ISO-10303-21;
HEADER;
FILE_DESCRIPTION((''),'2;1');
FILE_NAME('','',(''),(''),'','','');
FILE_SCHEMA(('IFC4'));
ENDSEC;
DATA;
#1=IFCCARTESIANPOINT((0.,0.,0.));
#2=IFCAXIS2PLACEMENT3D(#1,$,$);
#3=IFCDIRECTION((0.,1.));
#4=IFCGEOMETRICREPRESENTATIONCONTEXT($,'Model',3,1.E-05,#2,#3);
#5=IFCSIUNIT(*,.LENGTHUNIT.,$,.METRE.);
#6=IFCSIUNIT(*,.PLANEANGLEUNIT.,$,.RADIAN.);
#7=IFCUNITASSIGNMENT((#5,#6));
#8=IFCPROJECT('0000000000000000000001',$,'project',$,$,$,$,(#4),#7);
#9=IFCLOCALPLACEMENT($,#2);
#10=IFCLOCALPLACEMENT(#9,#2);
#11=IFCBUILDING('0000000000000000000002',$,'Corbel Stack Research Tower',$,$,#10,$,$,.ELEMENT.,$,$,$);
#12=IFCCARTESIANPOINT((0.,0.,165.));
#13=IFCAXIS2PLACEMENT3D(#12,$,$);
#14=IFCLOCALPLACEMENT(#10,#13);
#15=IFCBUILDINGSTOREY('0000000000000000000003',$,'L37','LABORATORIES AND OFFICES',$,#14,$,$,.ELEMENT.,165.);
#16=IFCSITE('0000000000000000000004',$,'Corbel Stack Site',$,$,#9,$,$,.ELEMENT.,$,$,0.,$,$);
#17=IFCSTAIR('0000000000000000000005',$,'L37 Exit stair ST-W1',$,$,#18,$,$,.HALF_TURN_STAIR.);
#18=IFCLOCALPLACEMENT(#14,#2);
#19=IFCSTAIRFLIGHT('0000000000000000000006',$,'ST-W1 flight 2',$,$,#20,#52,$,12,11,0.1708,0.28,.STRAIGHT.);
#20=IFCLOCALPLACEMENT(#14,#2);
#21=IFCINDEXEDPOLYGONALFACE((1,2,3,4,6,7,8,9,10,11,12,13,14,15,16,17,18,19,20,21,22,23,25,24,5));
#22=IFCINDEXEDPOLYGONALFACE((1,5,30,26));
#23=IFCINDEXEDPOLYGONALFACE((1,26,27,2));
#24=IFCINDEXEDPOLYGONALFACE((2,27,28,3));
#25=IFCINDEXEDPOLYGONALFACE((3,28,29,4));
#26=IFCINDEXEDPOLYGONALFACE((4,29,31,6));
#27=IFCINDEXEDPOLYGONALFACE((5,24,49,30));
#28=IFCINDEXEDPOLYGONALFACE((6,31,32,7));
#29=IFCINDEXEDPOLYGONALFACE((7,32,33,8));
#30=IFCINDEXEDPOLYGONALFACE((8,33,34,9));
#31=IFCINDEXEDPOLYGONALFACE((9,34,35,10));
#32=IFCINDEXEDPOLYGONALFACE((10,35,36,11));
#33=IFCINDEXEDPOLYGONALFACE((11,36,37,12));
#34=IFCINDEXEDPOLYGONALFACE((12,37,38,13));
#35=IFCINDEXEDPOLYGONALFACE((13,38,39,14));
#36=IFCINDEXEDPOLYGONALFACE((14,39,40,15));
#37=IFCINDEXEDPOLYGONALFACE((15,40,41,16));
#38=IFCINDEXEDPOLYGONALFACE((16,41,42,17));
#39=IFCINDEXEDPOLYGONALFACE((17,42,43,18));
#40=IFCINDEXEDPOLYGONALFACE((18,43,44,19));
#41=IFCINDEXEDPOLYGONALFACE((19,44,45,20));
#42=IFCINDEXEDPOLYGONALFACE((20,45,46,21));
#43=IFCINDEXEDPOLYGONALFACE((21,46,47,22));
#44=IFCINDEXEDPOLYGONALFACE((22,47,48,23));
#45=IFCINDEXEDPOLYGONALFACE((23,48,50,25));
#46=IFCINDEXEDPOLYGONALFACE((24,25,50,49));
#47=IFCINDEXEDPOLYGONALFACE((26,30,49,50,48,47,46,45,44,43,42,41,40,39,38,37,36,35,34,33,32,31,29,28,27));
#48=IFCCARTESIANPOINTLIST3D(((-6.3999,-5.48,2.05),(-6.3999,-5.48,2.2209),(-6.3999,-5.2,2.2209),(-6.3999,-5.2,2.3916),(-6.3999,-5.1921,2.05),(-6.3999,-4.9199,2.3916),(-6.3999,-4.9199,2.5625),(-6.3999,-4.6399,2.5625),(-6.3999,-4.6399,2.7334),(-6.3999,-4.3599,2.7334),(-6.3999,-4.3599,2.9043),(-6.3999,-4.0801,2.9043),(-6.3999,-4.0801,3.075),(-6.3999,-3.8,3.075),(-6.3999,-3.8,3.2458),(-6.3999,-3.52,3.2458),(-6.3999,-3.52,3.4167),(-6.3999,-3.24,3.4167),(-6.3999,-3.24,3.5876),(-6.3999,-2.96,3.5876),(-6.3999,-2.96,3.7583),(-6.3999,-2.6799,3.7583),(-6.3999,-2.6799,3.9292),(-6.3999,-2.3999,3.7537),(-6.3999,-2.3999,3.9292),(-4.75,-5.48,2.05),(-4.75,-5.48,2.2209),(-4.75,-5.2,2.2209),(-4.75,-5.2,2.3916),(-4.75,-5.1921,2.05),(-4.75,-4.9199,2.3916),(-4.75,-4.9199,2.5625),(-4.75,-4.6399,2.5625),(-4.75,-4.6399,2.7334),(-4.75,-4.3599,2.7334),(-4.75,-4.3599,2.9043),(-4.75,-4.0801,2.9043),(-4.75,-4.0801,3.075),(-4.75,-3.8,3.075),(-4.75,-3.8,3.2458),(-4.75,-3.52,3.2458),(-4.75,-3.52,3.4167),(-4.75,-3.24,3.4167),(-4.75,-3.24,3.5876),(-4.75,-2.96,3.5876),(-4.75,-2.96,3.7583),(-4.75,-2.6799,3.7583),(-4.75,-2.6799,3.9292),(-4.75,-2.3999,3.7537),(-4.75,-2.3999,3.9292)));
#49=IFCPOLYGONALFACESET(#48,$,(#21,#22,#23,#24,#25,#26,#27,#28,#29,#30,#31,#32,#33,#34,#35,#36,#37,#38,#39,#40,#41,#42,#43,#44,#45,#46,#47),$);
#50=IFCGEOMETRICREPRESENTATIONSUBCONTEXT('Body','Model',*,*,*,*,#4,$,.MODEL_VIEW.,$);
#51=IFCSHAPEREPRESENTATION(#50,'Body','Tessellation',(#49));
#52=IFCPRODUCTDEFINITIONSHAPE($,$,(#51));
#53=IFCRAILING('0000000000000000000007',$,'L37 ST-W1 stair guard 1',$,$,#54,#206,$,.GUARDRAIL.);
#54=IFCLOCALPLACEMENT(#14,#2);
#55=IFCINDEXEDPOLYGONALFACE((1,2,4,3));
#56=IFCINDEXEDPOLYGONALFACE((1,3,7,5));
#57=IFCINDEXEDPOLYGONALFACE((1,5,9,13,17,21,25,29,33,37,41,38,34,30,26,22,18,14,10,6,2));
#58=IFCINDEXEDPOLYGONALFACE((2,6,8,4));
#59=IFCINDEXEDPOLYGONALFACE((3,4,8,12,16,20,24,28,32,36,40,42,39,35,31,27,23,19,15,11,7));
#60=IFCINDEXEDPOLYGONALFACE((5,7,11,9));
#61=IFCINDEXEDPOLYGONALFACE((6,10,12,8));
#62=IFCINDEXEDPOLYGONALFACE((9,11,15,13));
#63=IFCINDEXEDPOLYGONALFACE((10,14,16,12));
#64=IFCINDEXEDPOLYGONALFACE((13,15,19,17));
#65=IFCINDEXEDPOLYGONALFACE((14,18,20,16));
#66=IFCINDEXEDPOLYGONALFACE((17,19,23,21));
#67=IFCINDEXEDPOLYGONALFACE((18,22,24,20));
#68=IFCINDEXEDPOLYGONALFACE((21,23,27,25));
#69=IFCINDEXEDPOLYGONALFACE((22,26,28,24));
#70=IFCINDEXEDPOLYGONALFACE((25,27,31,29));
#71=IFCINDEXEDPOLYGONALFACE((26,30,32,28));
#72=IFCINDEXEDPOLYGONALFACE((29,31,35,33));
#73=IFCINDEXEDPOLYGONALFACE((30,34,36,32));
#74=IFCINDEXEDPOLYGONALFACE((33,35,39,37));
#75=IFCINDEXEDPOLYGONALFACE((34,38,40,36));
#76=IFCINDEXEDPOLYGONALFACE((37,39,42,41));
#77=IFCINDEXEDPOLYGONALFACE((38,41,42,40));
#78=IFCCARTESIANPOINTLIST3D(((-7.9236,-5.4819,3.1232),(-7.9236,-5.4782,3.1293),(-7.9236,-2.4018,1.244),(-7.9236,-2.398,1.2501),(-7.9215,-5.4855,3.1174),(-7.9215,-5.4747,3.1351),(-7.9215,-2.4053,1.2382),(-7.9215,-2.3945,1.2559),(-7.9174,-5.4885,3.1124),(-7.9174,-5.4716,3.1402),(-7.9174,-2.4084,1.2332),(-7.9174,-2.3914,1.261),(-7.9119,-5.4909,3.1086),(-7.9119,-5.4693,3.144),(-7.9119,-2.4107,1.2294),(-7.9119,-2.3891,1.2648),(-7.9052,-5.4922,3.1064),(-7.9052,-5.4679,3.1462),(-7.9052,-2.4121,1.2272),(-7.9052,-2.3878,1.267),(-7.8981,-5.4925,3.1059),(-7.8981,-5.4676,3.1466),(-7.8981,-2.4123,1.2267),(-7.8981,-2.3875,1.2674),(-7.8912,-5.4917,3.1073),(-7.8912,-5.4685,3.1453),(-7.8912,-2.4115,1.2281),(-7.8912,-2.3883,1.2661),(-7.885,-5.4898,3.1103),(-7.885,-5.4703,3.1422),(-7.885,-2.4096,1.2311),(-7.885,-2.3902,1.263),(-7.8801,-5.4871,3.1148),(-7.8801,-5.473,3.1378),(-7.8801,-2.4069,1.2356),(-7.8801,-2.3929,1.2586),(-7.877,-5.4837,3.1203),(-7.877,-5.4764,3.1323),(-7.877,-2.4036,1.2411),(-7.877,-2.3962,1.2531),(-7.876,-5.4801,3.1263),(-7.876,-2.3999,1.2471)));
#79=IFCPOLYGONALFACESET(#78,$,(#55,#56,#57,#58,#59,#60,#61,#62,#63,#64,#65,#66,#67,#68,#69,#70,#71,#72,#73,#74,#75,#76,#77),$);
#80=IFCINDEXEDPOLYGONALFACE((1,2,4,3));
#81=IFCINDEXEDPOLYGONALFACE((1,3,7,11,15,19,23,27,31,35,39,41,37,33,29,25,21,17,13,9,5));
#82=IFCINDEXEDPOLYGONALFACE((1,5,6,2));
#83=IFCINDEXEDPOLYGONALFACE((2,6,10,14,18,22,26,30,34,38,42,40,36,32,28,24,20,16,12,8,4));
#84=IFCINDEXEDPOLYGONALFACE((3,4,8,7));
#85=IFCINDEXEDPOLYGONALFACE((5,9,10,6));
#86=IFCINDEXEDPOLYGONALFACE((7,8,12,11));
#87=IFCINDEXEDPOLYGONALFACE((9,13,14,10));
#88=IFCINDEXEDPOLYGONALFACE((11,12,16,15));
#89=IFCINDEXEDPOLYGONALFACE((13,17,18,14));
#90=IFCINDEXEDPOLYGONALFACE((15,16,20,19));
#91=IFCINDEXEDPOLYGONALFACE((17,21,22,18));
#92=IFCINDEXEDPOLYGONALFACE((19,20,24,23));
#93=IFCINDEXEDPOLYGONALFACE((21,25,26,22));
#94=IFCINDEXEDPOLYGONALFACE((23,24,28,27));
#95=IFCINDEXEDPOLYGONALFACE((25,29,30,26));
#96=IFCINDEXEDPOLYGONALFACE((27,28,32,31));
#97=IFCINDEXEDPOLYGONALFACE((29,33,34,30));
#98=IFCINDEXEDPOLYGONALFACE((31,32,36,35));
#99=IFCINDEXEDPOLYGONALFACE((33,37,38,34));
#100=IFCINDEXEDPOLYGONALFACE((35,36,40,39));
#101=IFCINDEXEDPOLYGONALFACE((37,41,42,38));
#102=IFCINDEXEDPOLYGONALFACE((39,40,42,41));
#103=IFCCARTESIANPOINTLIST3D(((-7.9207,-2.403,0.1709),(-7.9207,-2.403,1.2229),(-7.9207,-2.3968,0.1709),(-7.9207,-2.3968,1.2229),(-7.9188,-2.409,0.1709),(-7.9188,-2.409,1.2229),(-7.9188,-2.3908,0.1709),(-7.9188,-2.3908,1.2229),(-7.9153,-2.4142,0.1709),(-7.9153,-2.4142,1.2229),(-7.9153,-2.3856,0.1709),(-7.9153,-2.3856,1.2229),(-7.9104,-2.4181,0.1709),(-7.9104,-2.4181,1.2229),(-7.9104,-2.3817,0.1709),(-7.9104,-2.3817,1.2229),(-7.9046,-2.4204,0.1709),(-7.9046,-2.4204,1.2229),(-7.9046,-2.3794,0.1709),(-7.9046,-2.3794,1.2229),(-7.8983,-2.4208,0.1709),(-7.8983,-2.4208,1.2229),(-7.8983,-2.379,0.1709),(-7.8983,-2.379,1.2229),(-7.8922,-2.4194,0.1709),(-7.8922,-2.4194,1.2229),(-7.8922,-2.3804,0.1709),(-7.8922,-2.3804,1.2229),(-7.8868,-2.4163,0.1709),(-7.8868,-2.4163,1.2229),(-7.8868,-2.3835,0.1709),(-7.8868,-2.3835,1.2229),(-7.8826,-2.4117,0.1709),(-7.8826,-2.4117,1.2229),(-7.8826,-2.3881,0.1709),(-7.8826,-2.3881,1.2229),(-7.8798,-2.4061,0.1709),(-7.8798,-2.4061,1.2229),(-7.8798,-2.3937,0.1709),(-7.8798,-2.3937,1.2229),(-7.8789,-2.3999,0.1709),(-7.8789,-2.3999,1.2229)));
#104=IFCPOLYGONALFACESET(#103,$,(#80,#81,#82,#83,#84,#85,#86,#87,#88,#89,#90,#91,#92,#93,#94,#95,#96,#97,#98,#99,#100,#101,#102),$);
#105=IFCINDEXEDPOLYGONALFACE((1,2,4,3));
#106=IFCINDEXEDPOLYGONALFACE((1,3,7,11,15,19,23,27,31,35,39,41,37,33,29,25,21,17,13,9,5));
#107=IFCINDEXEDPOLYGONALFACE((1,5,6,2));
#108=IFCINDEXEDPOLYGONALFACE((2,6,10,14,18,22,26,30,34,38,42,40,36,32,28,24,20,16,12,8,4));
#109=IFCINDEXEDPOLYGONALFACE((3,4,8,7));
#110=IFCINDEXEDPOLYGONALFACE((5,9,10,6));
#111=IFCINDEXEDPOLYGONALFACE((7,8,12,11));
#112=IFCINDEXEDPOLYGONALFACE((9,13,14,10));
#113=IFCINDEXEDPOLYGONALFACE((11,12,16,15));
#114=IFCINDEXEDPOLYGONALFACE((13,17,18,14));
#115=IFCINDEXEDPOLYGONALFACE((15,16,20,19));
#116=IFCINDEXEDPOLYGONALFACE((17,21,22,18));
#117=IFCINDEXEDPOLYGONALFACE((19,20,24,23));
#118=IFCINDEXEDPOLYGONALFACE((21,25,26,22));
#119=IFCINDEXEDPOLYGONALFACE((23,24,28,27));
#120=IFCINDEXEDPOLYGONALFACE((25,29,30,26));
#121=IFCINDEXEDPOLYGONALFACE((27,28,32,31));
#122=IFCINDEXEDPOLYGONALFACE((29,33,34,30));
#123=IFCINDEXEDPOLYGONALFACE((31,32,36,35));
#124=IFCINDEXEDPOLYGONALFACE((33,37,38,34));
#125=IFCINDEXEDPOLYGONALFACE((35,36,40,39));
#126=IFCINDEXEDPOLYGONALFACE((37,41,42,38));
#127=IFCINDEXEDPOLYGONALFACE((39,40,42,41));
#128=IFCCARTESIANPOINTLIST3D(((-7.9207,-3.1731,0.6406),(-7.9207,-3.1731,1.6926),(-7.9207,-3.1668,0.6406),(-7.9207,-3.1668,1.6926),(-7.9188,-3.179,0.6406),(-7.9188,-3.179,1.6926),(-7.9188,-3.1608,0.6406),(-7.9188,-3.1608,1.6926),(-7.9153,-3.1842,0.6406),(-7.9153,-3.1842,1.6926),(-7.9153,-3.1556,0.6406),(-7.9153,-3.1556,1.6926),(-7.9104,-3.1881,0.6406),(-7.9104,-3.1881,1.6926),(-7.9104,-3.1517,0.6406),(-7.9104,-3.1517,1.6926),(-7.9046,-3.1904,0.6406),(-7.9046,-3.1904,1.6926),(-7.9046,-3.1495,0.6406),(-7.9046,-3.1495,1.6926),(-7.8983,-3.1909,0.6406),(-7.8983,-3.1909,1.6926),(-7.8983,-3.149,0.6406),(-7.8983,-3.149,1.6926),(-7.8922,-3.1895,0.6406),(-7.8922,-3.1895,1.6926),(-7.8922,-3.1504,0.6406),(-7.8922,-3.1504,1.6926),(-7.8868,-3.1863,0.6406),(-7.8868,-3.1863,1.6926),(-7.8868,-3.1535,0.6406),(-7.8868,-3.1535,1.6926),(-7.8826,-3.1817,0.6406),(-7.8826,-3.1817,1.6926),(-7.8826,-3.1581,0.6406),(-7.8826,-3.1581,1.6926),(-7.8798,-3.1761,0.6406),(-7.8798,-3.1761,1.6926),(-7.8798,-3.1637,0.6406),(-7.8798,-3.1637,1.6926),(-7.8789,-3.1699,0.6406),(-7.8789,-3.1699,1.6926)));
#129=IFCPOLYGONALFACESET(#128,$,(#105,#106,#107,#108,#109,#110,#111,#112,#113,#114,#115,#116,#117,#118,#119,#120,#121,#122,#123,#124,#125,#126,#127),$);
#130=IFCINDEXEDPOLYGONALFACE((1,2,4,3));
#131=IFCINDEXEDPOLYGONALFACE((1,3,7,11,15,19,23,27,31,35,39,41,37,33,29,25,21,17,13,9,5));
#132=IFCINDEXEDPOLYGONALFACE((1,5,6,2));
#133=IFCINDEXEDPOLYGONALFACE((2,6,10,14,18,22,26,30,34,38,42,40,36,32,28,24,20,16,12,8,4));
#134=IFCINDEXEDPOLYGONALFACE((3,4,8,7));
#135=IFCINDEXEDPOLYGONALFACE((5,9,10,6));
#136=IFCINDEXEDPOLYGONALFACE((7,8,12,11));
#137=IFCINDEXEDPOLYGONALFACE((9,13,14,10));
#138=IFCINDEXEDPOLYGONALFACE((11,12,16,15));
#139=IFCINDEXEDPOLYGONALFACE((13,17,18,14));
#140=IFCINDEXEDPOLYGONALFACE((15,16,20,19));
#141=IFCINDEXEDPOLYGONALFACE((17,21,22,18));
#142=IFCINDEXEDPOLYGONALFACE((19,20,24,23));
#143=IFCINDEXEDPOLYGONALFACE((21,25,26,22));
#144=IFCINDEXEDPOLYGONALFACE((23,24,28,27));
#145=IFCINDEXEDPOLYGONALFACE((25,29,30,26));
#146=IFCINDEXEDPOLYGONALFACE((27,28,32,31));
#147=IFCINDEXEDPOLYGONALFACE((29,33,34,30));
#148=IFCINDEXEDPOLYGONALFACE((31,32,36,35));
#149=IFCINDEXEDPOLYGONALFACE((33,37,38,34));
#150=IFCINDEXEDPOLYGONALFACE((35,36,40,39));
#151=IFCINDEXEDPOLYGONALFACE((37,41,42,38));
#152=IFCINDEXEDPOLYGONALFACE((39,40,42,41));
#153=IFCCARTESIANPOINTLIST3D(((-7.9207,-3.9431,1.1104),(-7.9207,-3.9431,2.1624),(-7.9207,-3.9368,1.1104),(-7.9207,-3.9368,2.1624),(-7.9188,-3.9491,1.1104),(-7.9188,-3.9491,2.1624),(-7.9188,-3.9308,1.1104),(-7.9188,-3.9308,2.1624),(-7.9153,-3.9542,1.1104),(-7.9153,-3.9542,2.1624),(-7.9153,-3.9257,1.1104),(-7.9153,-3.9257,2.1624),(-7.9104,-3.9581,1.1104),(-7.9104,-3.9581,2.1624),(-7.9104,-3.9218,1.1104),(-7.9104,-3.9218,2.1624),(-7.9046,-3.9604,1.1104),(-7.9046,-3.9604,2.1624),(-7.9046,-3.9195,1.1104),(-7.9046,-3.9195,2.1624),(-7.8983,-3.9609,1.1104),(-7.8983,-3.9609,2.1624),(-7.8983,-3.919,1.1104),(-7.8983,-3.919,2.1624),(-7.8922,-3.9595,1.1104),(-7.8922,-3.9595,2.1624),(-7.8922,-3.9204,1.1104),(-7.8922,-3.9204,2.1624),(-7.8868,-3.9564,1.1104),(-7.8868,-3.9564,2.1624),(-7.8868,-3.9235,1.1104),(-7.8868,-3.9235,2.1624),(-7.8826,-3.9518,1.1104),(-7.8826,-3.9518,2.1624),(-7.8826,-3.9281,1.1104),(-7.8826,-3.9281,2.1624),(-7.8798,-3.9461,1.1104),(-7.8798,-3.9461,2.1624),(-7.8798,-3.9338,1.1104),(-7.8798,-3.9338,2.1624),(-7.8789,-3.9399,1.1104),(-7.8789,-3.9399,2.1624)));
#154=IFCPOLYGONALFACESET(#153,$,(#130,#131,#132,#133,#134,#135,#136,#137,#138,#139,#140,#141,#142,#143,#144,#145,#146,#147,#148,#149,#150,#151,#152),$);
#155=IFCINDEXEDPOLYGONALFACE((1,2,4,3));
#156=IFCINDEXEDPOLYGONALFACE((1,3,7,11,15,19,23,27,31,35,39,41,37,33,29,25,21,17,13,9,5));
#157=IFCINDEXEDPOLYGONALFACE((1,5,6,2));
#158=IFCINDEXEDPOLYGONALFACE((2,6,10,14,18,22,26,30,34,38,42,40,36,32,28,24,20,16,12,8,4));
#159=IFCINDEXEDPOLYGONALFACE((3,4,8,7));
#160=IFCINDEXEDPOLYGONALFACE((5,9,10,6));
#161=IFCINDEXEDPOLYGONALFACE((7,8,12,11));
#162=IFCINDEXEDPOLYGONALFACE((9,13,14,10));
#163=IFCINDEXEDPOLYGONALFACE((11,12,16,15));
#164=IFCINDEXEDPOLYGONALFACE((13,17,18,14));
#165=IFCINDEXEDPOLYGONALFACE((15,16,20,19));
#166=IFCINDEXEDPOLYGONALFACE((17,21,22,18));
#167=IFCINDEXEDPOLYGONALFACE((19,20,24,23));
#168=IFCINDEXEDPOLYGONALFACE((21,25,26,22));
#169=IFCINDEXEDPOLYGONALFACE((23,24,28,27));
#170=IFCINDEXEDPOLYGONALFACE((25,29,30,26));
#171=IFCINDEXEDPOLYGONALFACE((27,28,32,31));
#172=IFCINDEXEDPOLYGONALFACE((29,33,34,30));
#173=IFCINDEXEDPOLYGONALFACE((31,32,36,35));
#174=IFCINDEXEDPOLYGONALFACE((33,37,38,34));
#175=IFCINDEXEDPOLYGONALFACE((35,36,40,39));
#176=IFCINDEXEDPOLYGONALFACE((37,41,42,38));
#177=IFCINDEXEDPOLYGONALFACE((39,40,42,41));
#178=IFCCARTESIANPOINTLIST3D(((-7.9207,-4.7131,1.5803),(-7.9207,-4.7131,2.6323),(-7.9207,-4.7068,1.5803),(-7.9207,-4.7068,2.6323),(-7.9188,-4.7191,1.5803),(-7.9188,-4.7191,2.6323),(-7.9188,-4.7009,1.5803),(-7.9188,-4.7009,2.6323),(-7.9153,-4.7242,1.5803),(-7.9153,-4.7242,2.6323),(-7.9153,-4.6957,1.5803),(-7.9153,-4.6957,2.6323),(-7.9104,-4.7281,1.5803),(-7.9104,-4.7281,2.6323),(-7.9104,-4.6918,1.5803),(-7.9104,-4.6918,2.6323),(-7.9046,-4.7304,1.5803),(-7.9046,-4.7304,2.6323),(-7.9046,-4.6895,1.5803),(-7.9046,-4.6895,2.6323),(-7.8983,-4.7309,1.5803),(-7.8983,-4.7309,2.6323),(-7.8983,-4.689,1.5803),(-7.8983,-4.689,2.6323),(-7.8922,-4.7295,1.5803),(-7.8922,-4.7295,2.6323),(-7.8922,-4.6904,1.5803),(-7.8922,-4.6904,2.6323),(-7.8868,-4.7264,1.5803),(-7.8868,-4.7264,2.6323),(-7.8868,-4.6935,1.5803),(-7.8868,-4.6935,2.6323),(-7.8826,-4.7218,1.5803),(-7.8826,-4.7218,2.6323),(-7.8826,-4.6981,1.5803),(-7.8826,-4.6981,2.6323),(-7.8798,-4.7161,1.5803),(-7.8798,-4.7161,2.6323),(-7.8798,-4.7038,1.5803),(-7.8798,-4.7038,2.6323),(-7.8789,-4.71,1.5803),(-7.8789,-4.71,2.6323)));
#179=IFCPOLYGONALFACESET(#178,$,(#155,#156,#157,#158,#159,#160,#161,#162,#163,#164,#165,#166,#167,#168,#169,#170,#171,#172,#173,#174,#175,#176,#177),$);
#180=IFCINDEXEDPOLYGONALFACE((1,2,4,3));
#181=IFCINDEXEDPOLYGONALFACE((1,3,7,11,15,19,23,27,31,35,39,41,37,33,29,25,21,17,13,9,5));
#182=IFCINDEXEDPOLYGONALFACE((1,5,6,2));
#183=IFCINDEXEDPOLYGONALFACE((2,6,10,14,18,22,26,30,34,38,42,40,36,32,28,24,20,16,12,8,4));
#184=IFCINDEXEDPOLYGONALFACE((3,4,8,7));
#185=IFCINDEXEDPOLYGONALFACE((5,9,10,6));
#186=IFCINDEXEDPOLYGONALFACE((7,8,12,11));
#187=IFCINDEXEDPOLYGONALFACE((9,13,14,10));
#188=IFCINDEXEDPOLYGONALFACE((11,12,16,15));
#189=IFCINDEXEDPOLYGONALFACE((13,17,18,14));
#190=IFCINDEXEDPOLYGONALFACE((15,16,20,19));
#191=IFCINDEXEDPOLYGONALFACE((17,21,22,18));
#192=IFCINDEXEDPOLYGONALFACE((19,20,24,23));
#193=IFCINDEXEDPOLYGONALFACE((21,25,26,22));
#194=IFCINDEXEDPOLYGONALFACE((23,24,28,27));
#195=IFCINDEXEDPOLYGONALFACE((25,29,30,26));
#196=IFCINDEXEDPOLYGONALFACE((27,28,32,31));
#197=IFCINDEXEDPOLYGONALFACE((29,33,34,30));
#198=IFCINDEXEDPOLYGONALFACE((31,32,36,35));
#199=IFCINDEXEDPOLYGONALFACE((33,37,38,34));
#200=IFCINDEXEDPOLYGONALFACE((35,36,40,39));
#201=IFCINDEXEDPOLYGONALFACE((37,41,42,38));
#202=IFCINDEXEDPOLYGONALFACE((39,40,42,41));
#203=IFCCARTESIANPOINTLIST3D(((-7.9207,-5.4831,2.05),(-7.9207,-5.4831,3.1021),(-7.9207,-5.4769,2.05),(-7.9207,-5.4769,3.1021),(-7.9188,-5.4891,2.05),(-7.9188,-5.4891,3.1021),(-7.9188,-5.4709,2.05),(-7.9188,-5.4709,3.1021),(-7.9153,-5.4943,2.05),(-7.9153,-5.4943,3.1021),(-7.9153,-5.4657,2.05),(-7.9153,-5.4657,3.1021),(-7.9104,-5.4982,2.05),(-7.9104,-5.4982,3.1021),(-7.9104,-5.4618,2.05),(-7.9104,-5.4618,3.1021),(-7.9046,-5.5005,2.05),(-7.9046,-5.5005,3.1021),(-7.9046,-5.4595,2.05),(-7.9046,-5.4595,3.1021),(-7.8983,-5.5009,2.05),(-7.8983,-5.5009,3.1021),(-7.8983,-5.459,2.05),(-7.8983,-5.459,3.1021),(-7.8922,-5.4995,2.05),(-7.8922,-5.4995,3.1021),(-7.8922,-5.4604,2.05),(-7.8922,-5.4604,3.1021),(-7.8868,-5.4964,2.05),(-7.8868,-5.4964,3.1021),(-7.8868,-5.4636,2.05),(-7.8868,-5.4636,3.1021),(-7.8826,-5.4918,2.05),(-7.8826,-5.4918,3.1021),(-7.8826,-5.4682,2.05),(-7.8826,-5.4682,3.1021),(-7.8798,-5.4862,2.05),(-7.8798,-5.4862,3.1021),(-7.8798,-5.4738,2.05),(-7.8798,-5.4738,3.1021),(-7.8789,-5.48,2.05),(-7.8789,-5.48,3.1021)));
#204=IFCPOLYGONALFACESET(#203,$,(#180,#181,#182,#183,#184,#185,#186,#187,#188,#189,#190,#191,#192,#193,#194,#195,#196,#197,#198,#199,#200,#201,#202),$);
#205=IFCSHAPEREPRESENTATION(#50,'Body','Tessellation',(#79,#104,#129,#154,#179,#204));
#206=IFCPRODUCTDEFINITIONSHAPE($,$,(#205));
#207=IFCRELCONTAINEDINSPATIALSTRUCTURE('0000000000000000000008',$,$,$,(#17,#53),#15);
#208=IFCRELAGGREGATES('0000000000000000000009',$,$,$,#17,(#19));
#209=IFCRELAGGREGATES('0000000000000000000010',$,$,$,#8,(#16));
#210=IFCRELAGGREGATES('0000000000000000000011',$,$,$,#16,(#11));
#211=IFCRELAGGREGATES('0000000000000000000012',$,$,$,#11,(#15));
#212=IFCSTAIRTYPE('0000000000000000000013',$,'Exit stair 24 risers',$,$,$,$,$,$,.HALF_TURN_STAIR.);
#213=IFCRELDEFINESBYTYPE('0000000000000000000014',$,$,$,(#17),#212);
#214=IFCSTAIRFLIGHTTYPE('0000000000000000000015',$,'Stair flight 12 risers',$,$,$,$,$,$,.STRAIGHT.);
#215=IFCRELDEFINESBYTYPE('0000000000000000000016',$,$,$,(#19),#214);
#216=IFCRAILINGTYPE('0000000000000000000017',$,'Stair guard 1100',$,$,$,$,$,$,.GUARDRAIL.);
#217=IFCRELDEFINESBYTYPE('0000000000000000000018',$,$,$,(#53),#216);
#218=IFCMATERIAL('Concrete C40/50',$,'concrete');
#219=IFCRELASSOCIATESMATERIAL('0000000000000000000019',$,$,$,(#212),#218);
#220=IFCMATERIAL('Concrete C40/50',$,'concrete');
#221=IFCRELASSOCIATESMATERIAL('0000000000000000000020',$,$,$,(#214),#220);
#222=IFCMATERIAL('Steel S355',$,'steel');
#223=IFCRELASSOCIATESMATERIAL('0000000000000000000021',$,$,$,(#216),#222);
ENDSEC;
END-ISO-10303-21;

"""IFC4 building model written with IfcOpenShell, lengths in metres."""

from ifc_helpers import new_model, si_unit, direction, frame, origin, origin_2d, place, context, subcontext, project, spatial, polyline, circle, outline, extrude, material, type_object, element, aggregate, save


model = new_model("IFC4")

# Units and contexts
model_context = context("Model", 3, precision=1e-05, world=origin(), true_north=direction((0.0, 1.0)))
body_context = subcontext(model_context, "Body", "Model", "MODEL_VIEW")
ifc_project = project(units=[si_unit("LENGTHUNIT", "METRE"), si_unit("PLANEANGLEUNIT", "RADIAN")], contexts=[model_context])

# Site, building, storey
site_placement = place(None, origin())
site = spatial("IfcSite", under=ifc_project, at=site_placement, Name="Corbel Stack Site", CompositionType="ELEMENT", RefElevation=0.0)
building_placement = place(site_placement, origin())
building = spatial("IfcBuilding", under=site, at=building_placement, Name="Corbel Stack Research Tower", CompositionType="ELEMENT")
storey_placement = place(building_placement, frame((0.0, 0.0, 165.0)))
storey = spatial("IfcBuildingStorey", under=building, at=storey_placement, Name="L37", Description="LABORATORIES AND OFFICES", CompositionType="ELEMENT", Elevation=165.0)

# Stair, stair flight
ifc_material_1 = material(Name="Concrete C40/50", Category="concrete")
stair_type = type_object("IfcStairType", Name="Exit stair 24 risers", PredefinedType="HALF_TURN_STAIR", material=ifc_material_1)
stair_placement = place(storey_placement, origin())
stair = element("IfcStair", 1, at=stair_placement, inside=storey, type_object=stair_type, Name="L37 Exit stair ST-W1", PredefinedType="HALF_TURN_STAIR")
ifc_material_2 = material(Name="Concrete C40/50", Category="concrete")
stair_flight_type = type_object("IfcStairFlightType", Name="Stair flight 12 risers", PredefinedType="STRAIGHT", material=ifc_material_2)
stair_flight_1_placement = place(storey_placement, frame((-5.575, -5.48, 2.05), z_axis=(0.0, 0.0, 1.0), x_axis=(0.0, 1.0, 0.0)))
stair_flight_1 = element("IfcStairFlight", 2, at=stair_flight_1_placement, type_object=stair_flight_type, Name="ST-W1 flight 2", NumberOfRisers=12, NumberOfTreads=11, PredefinedType="STRAIGHT", RiserHeight=0.1708, TreadLength=0.28, context=body_context, shape_type="SweptSolid", body=[
    extrude(outline(polyline([(0.0, 0.0), (0.0, 0.1709), (0.28, 0.1709), (0.28, 0.3416), (0.5601, 0.3416), (0.5601, 0.5125), (0.8401, 0.5125), (0.8401, 0.6833), (1.1201, 0.6833), (1.1201, 0.8542), (1.3999, 0.8542), (1.3999, 1.0249), (1.6799, 1.0249), (1.6799, 1.1958), (1.96, 1.1958), (1.96, 1.3667), (2.24, 1.3667), (2.24, 1.5376), (2.52, 1.5376), (2.52, 1.7083), (2.8, 1.7083), (2.8, 1.8792), (3.0801, 1.8792), (3.0801, 2.05), (3.0801, 1.7036), (0.2878, 0.0), (0.0, 0.0)])), frame((0.0, 0.825, 0.0), z_axis=(0.0, -1.0, 0.0), x_axis=(1.0, 0.0, 0.0)), (0.0, 0.0, 1.0), 1.6499),
])
aggregate(stair, [stair_flight_1])

# Railing
ifc_material_3 = material(Name="Steel S355", Category="steel")
railing_type_1 = type_object("IfcRailingType", Name="Stair guard 1100", PredefinedType="GUARDRAIL", material=ifc_material_3)
railing_1_placement = place(storey_placement, frame((-7.8999, -2.3999, 0.1709)))
element("IfcRailing", 3, at=railing_1_placement, inside=storey, type_object=railing_type_1, Name="L37 ST-W1 stair guard 1", PredefinedType="GUARDRAIL", context=body_context, shape_type="SweptSolid", body=[
    extrude(circle(Radius=0.0239, at=origin_2d()), frame((0.0, 0.0, 1.0762), z_axis=(0.0, -0.853666, 0.52082), x_axis=(1.0, 0.0, 0.0)), (0.0, 0.0, 1.0), 3.6082),
    extrude(circle(Radius=0.021, at=origin_2d()), origin(), (0.0, 0.0, 1.0), 1.052),
    extrude(circle(Radius=0.021, at=origin_2d()), frame((0.0, -0.77, 0.4697)), (0.0, 0.0, 1.0), 1.052),
    extrude(circle(Radius=0.021, at=origin_2d()), frame((0.0, -1.54, 0.9395)), (0.0, 0.0, 1.0), 1.052),
    extrude(circle(Radius=0.021, at=origin_2d()), frame((0.0, -2.3101, 1.4094)), (0.0, 0.0, 1.0), 1.052),
    extrude(circle(Radius=0.021, at=origin_2d()), frame((0.0, -3.0801, 1.8792)), (0.0, 0.0, 1.0), 1.052),
])

save(model, "model.ifc")
